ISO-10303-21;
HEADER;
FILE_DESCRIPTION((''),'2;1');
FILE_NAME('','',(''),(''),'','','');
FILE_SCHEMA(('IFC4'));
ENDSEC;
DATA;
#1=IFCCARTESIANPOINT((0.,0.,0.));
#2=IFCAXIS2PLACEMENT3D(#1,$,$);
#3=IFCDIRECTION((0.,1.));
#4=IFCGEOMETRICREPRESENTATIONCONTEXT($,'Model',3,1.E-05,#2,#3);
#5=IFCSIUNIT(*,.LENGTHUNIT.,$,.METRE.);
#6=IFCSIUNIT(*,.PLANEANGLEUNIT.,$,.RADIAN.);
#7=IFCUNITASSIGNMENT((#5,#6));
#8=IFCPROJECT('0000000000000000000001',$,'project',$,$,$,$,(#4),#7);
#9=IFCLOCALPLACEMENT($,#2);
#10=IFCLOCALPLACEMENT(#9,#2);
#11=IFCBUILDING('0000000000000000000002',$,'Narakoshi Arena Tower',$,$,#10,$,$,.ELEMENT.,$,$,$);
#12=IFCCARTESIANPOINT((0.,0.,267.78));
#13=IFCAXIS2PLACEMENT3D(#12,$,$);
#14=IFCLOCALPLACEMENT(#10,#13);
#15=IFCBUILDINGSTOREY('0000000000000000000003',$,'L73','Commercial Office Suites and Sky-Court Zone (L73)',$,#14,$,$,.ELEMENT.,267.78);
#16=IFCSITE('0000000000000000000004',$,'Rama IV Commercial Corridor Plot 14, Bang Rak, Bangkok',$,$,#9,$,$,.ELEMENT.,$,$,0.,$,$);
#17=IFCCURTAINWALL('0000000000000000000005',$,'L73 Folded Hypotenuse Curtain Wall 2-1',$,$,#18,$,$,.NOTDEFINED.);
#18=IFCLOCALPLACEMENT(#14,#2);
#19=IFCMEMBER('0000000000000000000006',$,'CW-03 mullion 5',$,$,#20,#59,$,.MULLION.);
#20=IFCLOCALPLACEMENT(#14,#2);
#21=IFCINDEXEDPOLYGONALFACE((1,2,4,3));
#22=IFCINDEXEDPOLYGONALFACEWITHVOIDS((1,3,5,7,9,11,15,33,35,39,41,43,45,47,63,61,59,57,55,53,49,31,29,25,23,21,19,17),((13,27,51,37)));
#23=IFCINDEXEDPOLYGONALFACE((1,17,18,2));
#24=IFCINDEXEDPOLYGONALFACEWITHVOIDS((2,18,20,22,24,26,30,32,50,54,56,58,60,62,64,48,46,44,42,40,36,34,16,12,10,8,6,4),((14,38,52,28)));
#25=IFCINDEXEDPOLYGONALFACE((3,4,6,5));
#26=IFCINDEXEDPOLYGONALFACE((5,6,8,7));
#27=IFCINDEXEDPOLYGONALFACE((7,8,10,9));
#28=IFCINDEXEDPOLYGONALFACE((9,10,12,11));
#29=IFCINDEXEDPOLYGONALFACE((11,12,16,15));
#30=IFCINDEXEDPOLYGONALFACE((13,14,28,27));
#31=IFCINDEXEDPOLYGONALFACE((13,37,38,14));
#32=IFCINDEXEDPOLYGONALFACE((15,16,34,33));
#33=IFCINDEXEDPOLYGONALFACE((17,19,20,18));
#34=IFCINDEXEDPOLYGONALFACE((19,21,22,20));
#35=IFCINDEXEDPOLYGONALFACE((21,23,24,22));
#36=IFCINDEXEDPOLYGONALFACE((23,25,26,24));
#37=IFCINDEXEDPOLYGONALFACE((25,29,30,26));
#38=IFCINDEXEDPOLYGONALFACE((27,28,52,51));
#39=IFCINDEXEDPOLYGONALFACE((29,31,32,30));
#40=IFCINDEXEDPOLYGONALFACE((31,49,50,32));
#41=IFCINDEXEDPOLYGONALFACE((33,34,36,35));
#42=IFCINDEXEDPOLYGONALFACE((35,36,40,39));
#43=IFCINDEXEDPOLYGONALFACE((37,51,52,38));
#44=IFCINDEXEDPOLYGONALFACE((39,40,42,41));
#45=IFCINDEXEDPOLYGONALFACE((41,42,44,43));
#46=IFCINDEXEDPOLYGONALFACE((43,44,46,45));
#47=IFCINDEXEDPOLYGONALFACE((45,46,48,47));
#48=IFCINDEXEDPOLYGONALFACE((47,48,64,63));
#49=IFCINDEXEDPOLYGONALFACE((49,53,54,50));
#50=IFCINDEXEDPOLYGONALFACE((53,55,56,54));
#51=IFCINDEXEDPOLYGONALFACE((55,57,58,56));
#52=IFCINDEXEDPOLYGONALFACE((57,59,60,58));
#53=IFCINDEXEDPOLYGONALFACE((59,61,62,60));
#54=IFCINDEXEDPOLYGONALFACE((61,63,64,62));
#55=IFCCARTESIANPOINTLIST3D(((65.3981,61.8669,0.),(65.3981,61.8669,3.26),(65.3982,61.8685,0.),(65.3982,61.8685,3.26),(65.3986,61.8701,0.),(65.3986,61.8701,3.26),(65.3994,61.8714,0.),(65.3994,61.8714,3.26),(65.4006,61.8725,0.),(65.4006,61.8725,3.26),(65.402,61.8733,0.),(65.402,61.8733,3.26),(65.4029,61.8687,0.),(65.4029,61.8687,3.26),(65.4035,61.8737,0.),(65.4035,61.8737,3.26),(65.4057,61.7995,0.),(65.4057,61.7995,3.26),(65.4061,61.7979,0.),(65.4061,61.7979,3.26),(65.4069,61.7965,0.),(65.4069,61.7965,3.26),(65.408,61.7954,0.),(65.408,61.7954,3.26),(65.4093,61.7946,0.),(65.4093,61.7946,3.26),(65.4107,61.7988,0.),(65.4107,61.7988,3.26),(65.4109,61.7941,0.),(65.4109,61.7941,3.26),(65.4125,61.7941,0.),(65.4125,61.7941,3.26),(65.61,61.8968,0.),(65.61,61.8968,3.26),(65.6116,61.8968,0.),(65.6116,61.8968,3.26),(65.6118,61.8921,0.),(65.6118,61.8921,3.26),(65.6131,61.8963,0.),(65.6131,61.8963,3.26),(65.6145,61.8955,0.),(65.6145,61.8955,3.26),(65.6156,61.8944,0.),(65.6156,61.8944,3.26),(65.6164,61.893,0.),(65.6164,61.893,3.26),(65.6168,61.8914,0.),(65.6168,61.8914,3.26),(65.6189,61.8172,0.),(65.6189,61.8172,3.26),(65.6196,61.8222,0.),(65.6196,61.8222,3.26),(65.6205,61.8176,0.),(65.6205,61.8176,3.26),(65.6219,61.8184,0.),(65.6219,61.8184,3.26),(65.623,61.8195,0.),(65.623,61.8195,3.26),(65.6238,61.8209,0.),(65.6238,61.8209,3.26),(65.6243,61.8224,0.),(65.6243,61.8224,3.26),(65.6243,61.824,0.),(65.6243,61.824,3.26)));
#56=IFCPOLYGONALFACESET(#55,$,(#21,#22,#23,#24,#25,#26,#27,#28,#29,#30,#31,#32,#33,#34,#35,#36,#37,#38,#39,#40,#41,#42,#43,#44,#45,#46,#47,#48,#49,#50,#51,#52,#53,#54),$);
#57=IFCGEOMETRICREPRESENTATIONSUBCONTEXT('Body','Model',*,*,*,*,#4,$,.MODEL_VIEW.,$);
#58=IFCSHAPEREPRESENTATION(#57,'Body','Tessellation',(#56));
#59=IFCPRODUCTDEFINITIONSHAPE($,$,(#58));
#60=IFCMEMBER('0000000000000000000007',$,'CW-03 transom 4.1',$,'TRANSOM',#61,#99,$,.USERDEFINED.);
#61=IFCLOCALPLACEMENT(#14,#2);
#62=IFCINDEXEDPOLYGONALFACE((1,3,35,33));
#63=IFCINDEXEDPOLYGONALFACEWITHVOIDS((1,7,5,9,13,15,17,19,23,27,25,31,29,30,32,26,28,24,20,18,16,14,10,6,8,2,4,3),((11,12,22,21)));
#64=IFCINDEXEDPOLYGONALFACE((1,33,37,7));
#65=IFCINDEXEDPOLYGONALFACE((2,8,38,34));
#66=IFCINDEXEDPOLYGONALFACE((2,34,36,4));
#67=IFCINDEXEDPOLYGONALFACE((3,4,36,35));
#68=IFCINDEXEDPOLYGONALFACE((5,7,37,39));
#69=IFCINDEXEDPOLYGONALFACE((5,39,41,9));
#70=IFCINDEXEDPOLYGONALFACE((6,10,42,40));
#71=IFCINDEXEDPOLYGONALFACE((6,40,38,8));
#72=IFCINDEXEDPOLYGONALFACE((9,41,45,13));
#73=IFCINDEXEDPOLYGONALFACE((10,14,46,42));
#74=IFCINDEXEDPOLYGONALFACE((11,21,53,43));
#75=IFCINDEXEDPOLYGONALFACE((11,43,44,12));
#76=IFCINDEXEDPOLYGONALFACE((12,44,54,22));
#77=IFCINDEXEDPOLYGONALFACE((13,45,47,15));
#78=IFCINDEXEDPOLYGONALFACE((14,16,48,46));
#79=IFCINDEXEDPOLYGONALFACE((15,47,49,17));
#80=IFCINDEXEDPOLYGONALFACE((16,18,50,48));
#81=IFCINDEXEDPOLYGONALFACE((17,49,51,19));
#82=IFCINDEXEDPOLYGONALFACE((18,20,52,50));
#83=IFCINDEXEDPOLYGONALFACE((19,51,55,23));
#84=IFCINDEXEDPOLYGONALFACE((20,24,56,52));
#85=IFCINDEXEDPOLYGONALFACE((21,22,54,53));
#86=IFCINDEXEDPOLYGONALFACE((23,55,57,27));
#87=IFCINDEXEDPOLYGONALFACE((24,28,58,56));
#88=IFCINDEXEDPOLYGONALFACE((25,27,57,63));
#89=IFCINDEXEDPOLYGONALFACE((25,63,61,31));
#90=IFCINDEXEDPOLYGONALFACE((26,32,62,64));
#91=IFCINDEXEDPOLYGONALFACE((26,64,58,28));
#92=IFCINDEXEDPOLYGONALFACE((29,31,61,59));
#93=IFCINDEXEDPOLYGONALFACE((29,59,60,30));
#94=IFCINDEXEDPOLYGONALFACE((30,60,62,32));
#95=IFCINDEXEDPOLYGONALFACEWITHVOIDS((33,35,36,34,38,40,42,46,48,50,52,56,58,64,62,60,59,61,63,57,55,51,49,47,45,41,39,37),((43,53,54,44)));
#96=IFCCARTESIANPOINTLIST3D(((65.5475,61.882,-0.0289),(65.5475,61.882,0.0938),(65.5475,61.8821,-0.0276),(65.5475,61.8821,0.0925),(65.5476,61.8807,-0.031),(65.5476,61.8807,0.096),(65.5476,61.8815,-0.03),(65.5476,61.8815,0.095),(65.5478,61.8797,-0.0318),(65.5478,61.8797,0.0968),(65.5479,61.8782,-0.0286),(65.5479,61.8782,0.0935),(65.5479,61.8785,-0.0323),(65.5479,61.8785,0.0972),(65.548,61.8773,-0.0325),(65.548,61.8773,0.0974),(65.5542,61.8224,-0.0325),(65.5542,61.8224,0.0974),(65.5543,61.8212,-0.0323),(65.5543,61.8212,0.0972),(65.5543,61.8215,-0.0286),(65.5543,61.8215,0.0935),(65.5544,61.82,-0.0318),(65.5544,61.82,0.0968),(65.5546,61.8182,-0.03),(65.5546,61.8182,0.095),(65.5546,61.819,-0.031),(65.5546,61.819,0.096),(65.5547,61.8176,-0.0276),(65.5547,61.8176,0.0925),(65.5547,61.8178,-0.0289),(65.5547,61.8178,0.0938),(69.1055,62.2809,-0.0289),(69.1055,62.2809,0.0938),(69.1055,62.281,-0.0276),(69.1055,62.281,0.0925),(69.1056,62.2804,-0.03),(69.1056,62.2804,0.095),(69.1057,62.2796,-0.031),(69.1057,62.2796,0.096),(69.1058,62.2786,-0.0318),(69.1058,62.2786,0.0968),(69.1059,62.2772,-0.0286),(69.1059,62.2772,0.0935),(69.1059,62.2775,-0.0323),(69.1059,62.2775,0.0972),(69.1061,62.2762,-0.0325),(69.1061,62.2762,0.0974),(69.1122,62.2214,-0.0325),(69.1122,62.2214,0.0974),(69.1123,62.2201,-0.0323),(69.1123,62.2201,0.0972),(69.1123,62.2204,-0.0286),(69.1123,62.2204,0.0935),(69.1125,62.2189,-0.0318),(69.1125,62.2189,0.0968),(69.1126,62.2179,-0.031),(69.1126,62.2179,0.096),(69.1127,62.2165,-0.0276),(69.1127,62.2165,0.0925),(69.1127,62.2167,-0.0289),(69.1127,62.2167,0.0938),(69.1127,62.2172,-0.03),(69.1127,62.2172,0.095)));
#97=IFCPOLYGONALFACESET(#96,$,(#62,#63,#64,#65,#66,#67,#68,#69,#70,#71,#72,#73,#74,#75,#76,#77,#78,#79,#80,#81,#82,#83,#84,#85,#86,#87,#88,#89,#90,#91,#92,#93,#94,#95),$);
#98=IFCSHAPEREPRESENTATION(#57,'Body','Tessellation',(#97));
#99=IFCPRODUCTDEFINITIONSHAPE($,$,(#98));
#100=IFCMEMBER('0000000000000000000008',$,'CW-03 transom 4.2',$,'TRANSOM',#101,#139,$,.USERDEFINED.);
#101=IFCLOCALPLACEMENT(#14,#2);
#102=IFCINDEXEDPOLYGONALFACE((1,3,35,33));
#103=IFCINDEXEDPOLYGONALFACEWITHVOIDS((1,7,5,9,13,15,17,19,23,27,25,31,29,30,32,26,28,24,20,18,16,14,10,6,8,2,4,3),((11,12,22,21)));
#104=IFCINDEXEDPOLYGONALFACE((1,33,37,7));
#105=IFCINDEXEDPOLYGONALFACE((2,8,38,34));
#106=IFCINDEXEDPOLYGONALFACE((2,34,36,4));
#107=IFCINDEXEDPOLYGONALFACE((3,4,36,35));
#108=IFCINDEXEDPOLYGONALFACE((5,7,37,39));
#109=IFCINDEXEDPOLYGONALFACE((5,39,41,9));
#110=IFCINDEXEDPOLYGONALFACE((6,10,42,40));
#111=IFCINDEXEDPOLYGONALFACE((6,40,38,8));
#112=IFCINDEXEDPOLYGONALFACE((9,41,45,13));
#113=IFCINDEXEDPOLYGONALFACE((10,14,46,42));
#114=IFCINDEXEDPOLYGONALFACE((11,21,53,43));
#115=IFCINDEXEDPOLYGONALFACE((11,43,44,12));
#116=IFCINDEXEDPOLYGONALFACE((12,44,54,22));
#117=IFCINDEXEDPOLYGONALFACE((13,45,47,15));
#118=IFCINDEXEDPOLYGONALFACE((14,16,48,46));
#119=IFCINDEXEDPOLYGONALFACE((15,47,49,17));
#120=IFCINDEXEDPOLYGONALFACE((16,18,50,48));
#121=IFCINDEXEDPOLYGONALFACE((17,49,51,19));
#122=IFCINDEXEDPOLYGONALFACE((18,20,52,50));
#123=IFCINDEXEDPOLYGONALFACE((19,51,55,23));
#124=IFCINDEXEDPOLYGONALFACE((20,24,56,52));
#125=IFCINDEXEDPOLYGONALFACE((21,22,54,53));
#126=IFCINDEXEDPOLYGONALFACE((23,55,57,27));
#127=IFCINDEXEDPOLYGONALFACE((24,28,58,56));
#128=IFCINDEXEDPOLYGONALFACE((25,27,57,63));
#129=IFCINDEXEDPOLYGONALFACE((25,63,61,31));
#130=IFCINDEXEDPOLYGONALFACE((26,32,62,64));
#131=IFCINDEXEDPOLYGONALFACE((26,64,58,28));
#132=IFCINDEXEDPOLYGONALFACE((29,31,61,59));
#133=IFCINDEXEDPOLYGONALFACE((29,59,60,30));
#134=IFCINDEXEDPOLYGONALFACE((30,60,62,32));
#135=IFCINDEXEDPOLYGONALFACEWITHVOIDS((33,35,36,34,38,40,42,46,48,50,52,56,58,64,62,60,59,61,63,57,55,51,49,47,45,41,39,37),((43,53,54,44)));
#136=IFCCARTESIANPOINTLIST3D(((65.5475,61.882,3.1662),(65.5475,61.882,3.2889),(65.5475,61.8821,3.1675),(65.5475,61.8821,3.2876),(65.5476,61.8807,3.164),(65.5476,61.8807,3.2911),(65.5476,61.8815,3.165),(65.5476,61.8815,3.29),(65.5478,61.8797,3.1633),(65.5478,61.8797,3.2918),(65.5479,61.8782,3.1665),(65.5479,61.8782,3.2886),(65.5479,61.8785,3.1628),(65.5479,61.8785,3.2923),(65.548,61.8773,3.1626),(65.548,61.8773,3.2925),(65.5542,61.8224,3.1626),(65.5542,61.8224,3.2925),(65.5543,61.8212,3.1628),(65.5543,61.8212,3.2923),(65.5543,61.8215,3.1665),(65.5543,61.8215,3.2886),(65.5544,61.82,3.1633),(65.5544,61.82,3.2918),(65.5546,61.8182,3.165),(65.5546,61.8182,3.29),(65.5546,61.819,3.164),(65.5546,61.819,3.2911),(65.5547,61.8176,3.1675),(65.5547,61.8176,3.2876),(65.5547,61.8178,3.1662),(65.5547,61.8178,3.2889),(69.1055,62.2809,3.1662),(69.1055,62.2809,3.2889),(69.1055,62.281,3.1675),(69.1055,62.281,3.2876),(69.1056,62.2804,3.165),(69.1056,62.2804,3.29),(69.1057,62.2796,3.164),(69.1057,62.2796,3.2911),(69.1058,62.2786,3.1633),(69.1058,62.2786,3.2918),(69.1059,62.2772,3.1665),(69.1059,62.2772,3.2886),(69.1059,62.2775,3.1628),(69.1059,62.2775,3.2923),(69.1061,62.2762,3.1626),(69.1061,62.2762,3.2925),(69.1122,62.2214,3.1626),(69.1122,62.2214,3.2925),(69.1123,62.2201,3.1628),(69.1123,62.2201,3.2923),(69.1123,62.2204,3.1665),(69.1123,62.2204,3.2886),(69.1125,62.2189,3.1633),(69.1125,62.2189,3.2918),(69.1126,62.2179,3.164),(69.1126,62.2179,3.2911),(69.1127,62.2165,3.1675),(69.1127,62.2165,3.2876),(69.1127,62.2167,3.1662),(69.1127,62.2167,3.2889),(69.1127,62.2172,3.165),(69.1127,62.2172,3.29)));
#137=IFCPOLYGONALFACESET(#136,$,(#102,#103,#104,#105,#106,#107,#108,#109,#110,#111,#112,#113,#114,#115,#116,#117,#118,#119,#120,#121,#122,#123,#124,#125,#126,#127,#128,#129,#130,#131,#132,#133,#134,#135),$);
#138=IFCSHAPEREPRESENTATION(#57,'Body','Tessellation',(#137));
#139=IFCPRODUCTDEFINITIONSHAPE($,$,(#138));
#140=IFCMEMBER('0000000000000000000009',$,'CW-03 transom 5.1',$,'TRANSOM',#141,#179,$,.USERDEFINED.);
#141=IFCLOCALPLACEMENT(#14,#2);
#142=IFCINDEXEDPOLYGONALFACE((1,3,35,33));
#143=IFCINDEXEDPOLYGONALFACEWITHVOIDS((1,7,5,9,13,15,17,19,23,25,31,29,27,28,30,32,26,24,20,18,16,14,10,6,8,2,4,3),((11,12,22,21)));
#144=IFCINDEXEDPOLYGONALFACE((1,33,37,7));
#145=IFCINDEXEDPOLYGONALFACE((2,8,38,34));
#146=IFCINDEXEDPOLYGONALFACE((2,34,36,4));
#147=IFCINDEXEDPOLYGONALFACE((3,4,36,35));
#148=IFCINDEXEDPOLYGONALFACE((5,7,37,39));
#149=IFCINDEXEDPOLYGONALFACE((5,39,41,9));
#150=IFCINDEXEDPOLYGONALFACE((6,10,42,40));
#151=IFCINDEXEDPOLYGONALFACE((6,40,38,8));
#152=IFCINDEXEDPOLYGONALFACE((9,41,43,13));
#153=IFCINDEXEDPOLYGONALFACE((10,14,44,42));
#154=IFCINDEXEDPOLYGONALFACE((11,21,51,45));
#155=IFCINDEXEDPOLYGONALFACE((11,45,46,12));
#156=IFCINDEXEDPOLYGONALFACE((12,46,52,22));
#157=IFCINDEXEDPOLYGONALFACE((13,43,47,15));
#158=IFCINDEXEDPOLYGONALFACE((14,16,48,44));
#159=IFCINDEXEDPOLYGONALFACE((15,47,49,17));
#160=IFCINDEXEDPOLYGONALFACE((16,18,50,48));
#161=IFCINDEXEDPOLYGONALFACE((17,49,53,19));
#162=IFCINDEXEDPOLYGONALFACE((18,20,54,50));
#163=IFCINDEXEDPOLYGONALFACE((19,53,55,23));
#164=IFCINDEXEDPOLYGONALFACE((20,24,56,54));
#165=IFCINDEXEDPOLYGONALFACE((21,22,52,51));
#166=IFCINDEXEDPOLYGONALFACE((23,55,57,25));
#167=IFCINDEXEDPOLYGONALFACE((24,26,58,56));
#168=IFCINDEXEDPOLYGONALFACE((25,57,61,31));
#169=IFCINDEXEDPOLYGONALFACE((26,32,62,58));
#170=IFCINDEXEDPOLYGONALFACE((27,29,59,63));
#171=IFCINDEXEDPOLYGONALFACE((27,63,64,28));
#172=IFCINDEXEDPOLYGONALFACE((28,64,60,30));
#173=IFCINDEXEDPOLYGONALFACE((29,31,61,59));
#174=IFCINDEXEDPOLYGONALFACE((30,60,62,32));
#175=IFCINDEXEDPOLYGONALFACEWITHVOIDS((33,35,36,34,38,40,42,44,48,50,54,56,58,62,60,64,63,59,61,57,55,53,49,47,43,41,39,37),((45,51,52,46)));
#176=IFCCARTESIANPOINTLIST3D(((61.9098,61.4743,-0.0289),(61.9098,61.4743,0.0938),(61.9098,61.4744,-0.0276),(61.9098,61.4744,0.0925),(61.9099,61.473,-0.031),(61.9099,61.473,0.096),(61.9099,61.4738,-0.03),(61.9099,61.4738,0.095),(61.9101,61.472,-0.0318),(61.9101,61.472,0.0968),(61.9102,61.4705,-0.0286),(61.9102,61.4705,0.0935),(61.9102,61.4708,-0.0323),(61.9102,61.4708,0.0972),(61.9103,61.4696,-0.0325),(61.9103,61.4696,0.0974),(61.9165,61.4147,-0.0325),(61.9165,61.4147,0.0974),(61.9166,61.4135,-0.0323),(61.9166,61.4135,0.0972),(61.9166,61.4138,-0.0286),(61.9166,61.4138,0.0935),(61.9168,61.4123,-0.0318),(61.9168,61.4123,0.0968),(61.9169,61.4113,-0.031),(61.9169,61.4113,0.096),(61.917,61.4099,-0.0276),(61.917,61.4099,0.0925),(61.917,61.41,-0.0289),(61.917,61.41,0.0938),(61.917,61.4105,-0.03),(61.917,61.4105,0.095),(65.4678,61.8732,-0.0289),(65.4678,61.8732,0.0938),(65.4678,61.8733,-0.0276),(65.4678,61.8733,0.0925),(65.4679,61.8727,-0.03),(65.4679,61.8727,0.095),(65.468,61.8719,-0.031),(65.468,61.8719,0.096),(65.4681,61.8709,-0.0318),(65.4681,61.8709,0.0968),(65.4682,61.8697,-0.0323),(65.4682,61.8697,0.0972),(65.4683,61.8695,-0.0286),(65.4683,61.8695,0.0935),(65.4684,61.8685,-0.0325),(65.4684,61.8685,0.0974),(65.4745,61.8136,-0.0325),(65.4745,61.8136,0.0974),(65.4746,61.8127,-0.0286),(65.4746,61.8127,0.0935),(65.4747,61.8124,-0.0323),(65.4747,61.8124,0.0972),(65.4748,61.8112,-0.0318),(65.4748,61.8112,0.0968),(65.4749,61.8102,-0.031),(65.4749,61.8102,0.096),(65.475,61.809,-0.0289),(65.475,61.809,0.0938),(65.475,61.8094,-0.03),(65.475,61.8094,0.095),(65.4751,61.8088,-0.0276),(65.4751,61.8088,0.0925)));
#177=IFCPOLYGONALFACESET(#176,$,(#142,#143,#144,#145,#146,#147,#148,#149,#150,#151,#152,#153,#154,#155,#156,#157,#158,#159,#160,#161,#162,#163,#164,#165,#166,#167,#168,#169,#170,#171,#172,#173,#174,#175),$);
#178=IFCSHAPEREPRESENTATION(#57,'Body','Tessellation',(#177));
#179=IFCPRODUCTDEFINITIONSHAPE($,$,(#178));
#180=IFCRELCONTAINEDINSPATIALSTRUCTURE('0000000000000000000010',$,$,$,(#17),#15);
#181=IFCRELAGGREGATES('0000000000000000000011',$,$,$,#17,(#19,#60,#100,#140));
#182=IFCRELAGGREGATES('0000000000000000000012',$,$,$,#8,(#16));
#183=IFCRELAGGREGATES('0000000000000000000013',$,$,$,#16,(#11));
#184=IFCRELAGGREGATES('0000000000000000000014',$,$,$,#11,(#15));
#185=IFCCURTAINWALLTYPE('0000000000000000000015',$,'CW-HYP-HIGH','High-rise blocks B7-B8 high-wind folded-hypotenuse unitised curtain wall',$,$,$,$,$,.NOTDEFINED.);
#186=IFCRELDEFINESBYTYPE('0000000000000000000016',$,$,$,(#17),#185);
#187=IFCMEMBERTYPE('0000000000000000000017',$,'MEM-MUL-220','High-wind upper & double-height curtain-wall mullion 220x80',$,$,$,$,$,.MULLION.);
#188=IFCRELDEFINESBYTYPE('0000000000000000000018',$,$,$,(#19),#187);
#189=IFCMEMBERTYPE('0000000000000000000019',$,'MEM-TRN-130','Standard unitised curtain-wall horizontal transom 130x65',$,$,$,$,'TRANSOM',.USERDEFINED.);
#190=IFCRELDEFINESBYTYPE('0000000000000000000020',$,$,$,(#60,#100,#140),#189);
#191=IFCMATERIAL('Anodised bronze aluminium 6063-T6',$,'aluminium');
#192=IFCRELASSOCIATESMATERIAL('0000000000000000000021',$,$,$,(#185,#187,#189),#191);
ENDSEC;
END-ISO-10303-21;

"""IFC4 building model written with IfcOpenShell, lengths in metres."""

from ifc_helpers import new_model, si_unit, direction, frame, origin, origin_2d, place, context, subcontext, project, spatial, hollow_rectangle, extrude, material, material_profile, profile_set, type_object, element, aggregate, save


model = new_model("IFC4")

# Units and contexts
model_context = context("Model", 3, precision=1e-05, world=origin(), true_north=direction((0.0, 1.0)))
body_context = subcontext(model_context, "Body", "Model", "MODEL_VIEW")
ifc_project = project(units=[si_unit("LENGTHUNIT", "METRE"), si_unit("PLANEANGLEUNIT", "RADIAN")], contexts=[model_context])

# Site, building, storey
site_placement = place(None, origin())
site = spatial("IfcSite", under=ifc_project, at=site_placement, Name="Rama IV Commercial Corridor Plot 14, Bang Rak, Bangkok", CompositionType="ELEMENT", RefElevation=0.0)
building_placement = place(site_placement, origin())
building = spatial("IfcBuilding", under=site, at=building_placement, Name="Narakoshi Arena Tower", CompositionType="ELEMENT")
storey_placement = place(building_placement, frame((0.0, 0.0, 267.78)))
storey = spatial("IfcBuildingStorey", under=building, at=storey_placement, Name="L73", Description="Commercial Office Suites and Sky-Court Zone (L73)", CompositionType="ELEMENT", Elevation=267.78)

# Curtain wall, members
ifc_material_1 = material(Name="Anodised bronze aluminium 6063-T6", Category="aluminium")
curtain_wall_type = type_object("IfcCurtainWallType", Name="CW-HYP-HIGH", Description="High-rise blocks B7-B8 high-wind folded-hypotenuse unitised curtain wall", PredefinedType="NOTDEFINED", material=ifc_material_1)
curtain_wall_placement = place(storey_placement, origin())
curtain_wall = element("IfcCurtainWall", 1, at=curtain_wall_placement, inside=storey, type_object=curtain_wall_type, Name="L73 Folded Hypotenuse Curtain Wall 2-1", PredefinedType="NOTDEFINED")
ifc_material_profile_1 = material_profile(ifc_material_1, hollow_rectangle(XDim=0.0801, YDim=0.22, WallThickness=0.0049, OuterFilletRadius=0.0061, at=origin_2d()), Name="MUL220x80x5")
ifc_profile_set_1 = profile_set([ifc_material_profile_1], Name="Anodised bronze aluminium 6063-T6")
member_type_1 = type_object("IfcMemberType", Name="MEM-MUL-220", Description="High-wind upper & double-height curtain-wall mullion 220x80", PredefinedType="MULLION", material=ifc_profile_set_1)
member_1_placement = place(storey_placement, frame((65.5112, 61.8455, 0.0), z_axis=(0.0, 0.0, 1.0), x_axis=(0.111396, -0.993776, 0.0)))
member_1 = element("IfcMember", 2, at=member_1_placement, type_object=member_type_1, Name="CW-03 mullion 5", PredefinedType="MULLION", context=body_context, shape_type="SweptSolid", body=[
    extrude(hollow_rectangle(XDim=0.0801, YDim=0.22, WallThickness=0.0049, OuterFilletRadius=0.0061, at=origin_2d()), origin(), (0.0, 0.0, 1.0), 3.26),
])
ifc_material_profile_2 = material_profile(ifc_material_1, hollow_rectangle(XDim=0.0649, YDim=0.1299, WallThickness=0.0039, OuterFilletRadius=0.0049, at=origin_2d()), Name="TRN130x65x4")
ifc_profile_set_2 = profile_set([ifc_material_profile_2], Name="Anodised bronze aluminium 6063-T6")
member_type_2 = type_object("IfcMemberType", Name="MEM-TRN-130", Description="Standard unitised curtain-wall horizontal transom 130x65", ElementType="TRANSOM", PredefinedType="USERDEFINED", material=ifc_profile_set_2)
member_2_placement = place(storey_placement, frame((69.1091, 62.2488, 0.0325), z_axis=(-0.993773, -0.111419, 0.0), x_axis=(0.111419, -0.993773, 0.0)))
member_2 = element("IfcMember", 3, at=member_2_placement, type_object=member_type_2, Name="CW-03 transom 4.1", ObjectType="TRANSOM", PredefinedType="USERDEFINED", context=body_context, shape_type="SweptSolid", body=[
    extrude(hollow_rectangle(XDim=0.0649, YDim=0.1299, WallThickness=0.0039, OuterFilletRadius=0.0049, at=origin_2d()), origin(), (0.0, 0.0, 1.0), 3.5803),
])
member_3_placement = place(storey_placement, frame((69.1091, 62.2488, 3.2275), z_axis=(-0.993773, -0.111419, 0.0), x_axis=(0.111419, -0.993773, 0.0)))
member_3 = element("IfcMember", 4, at=member_3_placement, type_object=member_type_2, Name="CW-03 transom 4.2", ObjectType="TRANSOM", PredefinedType="USERDEFINED", context=body_context, shape_type="SweptSolid", body=[
    extrude(hollow_rectangle(XDim=0.0649, YDim=0.1299, WallThickness=0.0039, OuterFilletRadius=0.0049, at=origin_2d()), origin(), (0.0, 0.0, 1.0), 3.5803),
])
member_4_placement = place(storey_placement, frame((65.4714, 61.8411, 0.0325), z_axis=(-0.993773, -0.111419, 0.0), x_axis=(0.111419, -0.993773, 0.0)))
member_4 = element("IfcMember", 5, at=member_4_placement, type_object=member_type_2, Name="CW-03 transom 5.1", ObjectType="TRANSOM", PredefinedType="USERDEFINED", context=body_context, shape_type="SweptSolid", body=[
    extrude(hollow_rectangle(XDim=0.0649, YDim=0.1299, WallThickness=0.0039, OuterFilletRadius=0.0049, at=origin_2d()), origin(), (0.0, 0.0, 1.0), 3.5803),
])
aggregate(curtain_wall, [member_1, member_2, member_3, member_4])

save(model, "model.ifc")
